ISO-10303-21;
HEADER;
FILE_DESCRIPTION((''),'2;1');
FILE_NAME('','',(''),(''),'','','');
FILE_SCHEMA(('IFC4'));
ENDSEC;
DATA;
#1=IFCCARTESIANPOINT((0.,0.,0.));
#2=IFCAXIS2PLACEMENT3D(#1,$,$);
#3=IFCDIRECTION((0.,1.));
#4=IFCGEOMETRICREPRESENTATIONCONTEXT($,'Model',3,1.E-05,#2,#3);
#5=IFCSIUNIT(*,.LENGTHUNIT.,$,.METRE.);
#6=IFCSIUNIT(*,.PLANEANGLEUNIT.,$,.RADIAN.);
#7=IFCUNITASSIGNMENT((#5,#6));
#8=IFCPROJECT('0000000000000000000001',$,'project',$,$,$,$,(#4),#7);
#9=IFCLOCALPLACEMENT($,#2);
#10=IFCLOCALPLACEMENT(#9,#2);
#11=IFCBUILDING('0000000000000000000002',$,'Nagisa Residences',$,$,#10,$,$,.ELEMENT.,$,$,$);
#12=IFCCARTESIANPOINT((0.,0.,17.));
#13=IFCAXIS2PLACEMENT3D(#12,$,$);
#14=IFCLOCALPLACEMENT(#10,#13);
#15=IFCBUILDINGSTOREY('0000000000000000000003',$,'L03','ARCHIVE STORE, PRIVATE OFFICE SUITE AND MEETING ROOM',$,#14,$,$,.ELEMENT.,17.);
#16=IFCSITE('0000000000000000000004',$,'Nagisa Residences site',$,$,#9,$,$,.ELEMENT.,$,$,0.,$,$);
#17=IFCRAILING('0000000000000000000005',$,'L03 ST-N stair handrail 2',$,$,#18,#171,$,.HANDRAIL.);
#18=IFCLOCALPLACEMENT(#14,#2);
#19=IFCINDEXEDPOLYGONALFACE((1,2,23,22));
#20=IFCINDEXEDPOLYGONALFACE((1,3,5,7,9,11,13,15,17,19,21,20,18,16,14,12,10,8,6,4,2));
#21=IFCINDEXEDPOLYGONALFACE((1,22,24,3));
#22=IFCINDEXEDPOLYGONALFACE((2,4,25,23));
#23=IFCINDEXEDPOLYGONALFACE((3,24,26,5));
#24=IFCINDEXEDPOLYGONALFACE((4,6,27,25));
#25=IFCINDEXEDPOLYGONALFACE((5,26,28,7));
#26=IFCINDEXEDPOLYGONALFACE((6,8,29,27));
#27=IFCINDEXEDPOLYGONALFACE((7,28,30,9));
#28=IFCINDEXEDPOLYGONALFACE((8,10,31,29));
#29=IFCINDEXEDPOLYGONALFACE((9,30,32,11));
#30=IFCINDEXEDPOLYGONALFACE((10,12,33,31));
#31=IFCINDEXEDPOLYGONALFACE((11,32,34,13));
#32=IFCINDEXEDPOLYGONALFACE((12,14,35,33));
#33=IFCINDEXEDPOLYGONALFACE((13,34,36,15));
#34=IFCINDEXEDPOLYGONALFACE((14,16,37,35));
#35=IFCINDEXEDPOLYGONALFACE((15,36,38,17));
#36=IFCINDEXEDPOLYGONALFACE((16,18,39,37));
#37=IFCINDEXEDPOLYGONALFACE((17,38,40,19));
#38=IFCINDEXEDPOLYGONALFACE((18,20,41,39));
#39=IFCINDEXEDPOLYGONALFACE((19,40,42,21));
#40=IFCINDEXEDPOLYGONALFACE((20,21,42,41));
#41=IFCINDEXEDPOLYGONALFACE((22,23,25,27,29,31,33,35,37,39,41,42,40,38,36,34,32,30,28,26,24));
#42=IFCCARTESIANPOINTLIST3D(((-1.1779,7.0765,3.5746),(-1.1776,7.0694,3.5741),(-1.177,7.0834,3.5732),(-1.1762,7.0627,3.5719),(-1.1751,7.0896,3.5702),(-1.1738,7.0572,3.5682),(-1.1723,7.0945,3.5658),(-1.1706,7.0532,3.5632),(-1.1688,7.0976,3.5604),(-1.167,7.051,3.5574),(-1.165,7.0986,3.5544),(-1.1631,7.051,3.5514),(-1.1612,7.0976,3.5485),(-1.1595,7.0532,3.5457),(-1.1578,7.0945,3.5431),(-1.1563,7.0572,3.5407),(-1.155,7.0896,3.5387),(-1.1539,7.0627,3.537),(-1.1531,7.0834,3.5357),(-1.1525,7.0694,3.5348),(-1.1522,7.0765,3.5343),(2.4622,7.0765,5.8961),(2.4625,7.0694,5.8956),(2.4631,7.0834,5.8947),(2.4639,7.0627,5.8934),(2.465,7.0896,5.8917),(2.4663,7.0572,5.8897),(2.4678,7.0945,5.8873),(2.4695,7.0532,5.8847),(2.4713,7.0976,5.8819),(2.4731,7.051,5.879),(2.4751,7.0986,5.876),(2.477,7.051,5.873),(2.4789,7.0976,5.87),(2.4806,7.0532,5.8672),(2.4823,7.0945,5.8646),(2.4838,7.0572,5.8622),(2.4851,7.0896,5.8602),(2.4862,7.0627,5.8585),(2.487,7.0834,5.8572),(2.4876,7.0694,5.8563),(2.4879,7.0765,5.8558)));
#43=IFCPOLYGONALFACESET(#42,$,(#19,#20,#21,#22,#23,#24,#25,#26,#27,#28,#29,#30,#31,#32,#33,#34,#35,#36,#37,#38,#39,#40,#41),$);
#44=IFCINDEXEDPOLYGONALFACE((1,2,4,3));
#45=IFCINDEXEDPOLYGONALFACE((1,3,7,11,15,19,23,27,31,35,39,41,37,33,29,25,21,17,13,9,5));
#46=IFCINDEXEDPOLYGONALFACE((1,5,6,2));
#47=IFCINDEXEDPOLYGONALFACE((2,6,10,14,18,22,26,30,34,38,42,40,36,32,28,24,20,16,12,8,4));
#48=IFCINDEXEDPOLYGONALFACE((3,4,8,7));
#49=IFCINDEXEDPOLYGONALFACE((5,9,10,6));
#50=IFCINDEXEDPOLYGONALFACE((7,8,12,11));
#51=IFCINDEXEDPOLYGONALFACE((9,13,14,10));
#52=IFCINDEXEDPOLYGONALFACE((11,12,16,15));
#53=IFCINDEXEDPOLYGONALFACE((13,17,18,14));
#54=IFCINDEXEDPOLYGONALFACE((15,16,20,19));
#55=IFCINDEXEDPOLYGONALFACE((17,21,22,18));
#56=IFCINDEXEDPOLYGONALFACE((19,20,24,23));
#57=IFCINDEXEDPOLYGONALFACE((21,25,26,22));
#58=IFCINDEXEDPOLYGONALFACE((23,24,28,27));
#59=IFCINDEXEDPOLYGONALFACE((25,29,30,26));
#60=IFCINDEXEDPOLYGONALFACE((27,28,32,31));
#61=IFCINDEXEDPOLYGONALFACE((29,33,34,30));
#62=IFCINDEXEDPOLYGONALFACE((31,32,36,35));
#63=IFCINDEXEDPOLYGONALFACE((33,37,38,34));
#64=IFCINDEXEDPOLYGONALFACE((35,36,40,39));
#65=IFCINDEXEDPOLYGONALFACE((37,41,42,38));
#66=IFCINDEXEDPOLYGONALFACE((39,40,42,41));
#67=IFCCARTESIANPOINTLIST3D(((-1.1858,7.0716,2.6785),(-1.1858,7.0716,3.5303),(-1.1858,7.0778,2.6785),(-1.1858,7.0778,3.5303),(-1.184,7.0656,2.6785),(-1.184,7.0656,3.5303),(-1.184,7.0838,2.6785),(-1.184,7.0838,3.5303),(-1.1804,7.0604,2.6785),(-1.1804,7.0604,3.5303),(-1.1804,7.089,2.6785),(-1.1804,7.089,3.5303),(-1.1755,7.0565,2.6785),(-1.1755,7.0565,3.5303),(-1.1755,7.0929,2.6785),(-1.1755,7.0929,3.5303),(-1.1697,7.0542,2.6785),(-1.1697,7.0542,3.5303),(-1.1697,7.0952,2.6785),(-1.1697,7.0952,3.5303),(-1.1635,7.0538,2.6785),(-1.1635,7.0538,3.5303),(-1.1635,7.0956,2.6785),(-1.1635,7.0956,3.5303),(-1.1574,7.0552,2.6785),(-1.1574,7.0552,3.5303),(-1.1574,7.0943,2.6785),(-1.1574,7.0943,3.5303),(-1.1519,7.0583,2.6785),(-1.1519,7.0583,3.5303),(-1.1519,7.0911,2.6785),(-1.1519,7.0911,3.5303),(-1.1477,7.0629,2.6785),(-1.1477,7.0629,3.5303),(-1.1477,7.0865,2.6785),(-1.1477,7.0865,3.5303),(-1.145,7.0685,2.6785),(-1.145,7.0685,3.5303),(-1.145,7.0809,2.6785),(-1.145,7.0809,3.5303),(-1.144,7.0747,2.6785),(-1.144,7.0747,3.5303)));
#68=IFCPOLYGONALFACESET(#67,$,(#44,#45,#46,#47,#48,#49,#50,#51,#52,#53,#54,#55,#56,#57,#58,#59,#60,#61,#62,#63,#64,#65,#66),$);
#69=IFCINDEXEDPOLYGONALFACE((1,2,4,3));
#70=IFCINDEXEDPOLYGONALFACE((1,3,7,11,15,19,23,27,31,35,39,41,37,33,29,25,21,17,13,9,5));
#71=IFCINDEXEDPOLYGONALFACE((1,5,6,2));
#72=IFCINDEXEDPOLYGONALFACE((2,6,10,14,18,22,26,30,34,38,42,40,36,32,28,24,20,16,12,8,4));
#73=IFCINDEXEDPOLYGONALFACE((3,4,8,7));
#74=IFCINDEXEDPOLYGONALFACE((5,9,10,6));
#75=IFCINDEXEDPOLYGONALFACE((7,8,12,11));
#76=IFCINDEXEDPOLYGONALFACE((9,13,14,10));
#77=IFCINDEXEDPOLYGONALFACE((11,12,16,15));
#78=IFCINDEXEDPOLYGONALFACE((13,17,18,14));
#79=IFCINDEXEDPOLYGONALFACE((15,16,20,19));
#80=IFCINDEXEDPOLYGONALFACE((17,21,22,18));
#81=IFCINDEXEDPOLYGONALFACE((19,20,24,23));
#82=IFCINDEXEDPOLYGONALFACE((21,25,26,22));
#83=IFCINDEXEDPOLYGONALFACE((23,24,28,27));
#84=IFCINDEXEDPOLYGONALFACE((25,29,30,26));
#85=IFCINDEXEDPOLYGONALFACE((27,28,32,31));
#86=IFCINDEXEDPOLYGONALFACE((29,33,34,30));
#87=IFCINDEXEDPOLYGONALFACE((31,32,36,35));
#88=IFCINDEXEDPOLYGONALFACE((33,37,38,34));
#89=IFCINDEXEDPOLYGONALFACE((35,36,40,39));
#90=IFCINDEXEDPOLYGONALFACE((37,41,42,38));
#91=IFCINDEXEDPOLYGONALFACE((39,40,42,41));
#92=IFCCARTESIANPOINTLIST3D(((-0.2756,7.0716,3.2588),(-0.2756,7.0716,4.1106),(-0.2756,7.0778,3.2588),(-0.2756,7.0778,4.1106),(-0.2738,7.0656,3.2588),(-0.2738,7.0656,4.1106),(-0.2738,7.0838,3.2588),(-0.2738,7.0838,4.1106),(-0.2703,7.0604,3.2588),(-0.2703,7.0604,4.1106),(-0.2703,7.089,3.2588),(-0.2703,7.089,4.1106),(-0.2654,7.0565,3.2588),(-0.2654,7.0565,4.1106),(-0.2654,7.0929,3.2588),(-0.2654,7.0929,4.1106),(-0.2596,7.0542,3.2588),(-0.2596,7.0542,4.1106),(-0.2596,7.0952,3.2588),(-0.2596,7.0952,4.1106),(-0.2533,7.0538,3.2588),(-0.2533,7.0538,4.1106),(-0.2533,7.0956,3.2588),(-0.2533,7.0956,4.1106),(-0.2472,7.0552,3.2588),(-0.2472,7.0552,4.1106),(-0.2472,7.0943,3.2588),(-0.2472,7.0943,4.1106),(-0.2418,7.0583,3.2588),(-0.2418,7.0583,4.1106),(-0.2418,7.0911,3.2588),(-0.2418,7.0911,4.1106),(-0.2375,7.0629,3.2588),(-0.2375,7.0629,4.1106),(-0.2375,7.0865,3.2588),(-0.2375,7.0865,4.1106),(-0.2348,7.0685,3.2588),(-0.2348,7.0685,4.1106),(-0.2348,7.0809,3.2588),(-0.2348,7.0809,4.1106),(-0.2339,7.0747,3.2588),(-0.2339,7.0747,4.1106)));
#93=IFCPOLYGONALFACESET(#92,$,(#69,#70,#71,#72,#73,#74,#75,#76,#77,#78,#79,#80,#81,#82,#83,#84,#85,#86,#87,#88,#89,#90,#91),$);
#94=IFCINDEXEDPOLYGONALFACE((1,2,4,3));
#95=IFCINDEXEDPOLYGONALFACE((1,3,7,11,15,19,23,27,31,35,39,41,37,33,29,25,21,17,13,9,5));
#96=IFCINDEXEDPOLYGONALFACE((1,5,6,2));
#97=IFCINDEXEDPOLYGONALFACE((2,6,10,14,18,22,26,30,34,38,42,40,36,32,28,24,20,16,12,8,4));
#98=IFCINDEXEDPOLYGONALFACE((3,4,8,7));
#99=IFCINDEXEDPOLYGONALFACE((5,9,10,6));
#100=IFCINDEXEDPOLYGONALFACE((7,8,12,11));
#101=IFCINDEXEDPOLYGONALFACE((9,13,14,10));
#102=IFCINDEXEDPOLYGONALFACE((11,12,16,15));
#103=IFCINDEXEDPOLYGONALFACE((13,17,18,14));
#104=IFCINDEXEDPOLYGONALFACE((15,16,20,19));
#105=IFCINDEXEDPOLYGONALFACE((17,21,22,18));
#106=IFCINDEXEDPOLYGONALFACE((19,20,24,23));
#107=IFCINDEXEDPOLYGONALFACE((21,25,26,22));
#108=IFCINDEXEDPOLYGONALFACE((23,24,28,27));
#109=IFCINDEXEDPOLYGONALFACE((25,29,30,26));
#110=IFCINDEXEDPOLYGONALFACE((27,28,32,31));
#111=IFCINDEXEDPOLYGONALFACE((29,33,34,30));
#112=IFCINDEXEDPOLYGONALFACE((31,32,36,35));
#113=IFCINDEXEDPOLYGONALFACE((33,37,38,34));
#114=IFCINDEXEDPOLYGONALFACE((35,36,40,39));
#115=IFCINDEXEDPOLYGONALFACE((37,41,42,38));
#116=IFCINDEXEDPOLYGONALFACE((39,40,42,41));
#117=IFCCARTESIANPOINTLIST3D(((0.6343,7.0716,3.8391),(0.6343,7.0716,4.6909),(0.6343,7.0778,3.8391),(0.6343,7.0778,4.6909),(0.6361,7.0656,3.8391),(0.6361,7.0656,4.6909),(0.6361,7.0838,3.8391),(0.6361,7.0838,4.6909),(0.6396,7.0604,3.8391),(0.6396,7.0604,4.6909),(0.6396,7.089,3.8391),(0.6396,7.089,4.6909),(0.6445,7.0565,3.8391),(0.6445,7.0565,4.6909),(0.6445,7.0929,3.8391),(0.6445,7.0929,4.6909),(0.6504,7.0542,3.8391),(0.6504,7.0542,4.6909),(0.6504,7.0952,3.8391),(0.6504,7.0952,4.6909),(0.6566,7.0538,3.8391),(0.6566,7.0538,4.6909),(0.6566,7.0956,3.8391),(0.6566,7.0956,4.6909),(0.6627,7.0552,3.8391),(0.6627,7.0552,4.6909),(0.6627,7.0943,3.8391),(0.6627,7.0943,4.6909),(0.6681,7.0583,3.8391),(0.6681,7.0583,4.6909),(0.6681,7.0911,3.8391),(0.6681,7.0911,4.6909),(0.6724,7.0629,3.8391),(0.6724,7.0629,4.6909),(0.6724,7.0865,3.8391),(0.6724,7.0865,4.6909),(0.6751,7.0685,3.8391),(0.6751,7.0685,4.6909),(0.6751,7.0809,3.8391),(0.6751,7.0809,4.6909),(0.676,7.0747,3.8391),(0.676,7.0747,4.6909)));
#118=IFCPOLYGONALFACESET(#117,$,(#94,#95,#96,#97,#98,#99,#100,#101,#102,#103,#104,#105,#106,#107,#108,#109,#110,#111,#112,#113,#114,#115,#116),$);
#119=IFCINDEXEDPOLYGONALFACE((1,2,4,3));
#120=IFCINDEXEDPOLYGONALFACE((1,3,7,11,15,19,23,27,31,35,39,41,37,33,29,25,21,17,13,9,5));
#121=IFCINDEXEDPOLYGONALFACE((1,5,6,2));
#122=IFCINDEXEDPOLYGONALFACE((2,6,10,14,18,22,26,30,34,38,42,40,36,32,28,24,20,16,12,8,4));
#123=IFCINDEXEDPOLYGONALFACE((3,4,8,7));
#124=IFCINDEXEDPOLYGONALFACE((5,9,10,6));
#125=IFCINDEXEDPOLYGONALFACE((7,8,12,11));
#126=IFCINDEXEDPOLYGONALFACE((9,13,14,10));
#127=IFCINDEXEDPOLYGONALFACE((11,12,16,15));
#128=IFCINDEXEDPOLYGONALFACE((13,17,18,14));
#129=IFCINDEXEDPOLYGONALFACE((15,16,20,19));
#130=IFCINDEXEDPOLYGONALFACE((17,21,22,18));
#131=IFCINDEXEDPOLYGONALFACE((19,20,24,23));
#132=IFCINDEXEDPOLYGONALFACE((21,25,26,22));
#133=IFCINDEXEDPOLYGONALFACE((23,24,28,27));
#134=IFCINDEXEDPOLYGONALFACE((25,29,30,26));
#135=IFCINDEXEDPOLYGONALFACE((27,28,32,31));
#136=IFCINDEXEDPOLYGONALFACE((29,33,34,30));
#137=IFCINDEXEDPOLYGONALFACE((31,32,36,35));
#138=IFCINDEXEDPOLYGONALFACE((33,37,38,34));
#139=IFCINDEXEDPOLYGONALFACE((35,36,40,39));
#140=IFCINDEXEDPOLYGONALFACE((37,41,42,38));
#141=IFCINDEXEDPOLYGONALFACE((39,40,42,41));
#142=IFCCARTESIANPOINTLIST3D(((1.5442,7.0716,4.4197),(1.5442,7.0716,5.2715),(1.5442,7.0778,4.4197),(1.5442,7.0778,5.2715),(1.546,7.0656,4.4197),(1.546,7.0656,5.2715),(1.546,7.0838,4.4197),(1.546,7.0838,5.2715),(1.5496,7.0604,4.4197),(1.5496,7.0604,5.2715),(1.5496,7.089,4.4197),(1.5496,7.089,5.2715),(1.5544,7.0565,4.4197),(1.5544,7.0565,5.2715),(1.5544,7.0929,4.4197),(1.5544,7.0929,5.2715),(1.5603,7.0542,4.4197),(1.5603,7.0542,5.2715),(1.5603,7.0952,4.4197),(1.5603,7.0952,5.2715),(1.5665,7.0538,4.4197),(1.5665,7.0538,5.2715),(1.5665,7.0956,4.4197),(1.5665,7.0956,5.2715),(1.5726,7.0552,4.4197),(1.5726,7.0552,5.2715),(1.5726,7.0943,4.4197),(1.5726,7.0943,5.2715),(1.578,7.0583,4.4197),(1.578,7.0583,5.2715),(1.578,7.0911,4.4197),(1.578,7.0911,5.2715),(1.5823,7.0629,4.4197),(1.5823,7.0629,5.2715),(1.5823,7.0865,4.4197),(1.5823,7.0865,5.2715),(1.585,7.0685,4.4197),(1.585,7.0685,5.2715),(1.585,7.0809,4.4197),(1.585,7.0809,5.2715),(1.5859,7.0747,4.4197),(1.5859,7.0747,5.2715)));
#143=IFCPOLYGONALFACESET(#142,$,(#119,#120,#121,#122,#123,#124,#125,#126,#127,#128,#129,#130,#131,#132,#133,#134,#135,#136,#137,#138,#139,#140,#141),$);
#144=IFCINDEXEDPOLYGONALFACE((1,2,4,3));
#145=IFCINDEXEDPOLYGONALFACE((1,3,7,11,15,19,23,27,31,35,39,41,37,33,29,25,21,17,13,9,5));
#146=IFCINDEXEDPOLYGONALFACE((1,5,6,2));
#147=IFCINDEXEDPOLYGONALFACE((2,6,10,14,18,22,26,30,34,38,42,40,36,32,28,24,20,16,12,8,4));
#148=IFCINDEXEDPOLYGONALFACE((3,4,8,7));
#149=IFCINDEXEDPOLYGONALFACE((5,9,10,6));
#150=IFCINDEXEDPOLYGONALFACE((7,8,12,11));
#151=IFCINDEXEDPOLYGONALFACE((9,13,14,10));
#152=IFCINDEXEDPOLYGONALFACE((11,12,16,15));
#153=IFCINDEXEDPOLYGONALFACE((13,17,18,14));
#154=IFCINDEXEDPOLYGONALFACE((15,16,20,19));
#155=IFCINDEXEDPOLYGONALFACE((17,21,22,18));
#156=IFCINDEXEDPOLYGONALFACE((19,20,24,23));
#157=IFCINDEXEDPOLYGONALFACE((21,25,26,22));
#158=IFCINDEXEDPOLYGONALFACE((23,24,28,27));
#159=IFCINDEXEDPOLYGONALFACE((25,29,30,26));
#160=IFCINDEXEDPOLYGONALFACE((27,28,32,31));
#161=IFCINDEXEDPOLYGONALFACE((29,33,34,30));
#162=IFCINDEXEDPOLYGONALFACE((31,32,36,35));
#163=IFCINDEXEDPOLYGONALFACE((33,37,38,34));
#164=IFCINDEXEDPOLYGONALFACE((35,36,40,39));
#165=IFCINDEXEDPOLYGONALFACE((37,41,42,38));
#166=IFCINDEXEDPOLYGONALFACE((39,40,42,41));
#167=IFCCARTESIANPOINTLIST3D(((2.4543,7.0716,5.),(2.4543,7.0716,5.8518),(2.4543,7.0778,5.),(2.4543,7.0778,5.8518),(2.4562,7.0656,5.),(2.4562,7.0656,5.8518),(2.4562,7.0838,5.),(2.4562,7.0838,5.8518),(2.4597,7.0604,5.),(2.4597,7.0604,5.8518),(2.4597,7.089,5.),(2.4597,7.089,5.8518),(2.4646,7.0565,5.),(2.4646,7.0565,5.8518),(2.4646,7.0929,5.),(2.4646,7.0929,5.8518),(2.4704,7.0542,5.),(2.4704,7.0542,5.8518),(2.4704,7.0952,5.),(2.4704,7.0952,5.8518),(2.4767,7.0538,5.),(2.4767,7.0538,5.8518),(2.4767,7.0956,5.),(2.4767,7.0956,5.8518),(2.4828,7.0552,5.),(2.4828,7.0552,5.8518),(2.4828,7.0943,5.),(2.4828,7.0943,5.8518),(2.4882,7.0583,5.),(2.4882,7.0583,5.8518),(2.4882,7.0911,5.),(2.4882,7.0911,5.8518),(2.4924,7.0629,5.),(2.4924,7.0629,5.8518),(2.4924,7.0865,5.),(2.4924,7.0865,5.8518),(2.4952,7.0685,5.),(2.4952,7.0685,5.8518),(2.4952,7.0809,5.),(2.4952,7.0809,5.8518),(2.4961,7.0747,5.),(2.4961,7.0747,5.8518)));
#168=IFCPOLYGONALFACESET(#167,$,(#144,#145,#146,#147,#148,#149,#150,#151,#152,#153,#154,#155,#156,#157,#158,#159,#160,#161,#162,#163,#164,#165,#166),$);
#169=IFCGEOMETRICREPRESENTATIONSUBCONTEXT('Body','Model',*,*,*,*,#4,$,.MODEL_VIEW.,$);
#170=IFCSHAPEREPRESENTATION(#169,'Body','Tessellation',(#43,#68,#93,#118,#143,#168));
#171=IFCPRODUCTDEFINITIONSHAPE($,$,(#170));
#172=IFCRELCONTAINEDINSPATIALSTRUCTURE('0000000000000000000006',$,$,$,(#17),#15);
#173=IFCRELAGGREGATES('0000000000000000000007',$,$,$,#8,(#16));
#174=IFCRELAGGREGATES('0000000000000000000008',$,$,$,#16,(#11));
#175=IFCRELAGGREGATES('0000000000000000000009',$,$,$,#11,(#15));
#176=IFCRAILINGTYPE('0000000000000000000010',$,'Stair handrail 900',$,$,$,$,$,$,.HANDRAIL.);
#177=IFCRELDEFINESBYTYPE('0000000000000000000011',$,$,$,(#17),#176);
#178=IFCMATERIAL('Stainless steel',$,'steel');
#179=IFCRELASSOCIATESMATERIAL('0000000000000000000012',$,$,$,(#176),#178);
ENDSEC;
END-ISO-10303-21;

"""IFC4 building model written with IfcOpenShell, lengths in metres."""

from ifc_helpers import new_model, si_unit, direction, frame, origin, origin_2d, place, context, subcontext, project, spatial, circle, extrude, material, type_object, element, save


model = new_model("IFC4")

# Units and contexts
model_context = context("Model", 3, precision=1e-05, world=origin(), true_north=direction((0.0, 1.0)))
body_context = subcontext(model_context, "Body", "Model", "MODEL_VIEW")
ifc_project = project(units=[si_unit("LENGTHUNIT", "METRE"), si_unit("PLANEANGLEUNIT", "RADIAN")], contexts=[model_context])

# Site, building, storey
site_placement = place(None, origin())
site = spatial("IfcSite", under=ifc_project, at=site_placement, Name="Nagisa Residences site", CompositionType="ELEMENT", RefElevation=0.0)
building_placement = place(site_placement, origin())
building = spatial("IfcBuilding", under=site, at=building_placement, Name="Nagisa Residences", CompositionType="ELEMENT")
storey_placement = place(building_placement, frame((0.0, 0.0, 17.0)))
storey = spatial("IfcBuildingStorey", under=building, at=storey_placement, Name="L03", Description="ARCHIVE STORE, PRIVATE OFFICE SUITE AND MEETING ROOM", CompositionType="ELEMENT", Elevation=17.0)

# Railing
ifc_material_1 = material(Name="Stainless steel", Category="steel")
railing_type_1 = type_object("IfcRailingType", Name="Stair handrail 900", PredefinedType="HANDRAIL", material=ifc_material_1)
railing_1_placement = place(storey_placement, frame((-1.165, 7.0747, 2.6785)))
element("IfcRailing", 1, at=railing_1_placement, inside=storey, type_object=railing_type_1, Name="L03 ST-N stair handrail 2", PredefinedType="HANDRAIL", context=body_context, shape_type="SweptSolid", body=[
    extrude(circle(Radius=0.0239, at=origin_2d()), frame((0.0, 0.0, 0.876), z_axis=(0.843128, 0.0, 0.537713), x_axis=(0.0, 1.0, 0.0)), (0.0, 0.0, 1.0), 4.3174),
    extrude(circle(Radius=0.021, at=origin_2d()), origin(), (0.0, 0.0, 1.0), 0.8518),
    extrude(circle(Radius=0.021, at=origin_2d()), frame((0.9102, 0.0, 0.5803)), (0.0, 0.0, 1.0), 0.8518),
    extrude(circle(Radius=0.021, at=origin_2d()), frame((1.8201, 0.0, 1.1606)), (0.0, 0.0, 1.0), 0.8518),
    extrude(circle(Radius=0.021, at=origin_2d()), frame((2.73, 0.0, 1.7412)), (0.0, 0.0, 1.0), 0.8518),
    extrude(circle(Radius=0.021, at=origin_2d()), frame((3.6401, 0.0, 2.3215)), (0.0, 0.0, 1.0), 0.8518),
])

save(model, "model.ifc")
